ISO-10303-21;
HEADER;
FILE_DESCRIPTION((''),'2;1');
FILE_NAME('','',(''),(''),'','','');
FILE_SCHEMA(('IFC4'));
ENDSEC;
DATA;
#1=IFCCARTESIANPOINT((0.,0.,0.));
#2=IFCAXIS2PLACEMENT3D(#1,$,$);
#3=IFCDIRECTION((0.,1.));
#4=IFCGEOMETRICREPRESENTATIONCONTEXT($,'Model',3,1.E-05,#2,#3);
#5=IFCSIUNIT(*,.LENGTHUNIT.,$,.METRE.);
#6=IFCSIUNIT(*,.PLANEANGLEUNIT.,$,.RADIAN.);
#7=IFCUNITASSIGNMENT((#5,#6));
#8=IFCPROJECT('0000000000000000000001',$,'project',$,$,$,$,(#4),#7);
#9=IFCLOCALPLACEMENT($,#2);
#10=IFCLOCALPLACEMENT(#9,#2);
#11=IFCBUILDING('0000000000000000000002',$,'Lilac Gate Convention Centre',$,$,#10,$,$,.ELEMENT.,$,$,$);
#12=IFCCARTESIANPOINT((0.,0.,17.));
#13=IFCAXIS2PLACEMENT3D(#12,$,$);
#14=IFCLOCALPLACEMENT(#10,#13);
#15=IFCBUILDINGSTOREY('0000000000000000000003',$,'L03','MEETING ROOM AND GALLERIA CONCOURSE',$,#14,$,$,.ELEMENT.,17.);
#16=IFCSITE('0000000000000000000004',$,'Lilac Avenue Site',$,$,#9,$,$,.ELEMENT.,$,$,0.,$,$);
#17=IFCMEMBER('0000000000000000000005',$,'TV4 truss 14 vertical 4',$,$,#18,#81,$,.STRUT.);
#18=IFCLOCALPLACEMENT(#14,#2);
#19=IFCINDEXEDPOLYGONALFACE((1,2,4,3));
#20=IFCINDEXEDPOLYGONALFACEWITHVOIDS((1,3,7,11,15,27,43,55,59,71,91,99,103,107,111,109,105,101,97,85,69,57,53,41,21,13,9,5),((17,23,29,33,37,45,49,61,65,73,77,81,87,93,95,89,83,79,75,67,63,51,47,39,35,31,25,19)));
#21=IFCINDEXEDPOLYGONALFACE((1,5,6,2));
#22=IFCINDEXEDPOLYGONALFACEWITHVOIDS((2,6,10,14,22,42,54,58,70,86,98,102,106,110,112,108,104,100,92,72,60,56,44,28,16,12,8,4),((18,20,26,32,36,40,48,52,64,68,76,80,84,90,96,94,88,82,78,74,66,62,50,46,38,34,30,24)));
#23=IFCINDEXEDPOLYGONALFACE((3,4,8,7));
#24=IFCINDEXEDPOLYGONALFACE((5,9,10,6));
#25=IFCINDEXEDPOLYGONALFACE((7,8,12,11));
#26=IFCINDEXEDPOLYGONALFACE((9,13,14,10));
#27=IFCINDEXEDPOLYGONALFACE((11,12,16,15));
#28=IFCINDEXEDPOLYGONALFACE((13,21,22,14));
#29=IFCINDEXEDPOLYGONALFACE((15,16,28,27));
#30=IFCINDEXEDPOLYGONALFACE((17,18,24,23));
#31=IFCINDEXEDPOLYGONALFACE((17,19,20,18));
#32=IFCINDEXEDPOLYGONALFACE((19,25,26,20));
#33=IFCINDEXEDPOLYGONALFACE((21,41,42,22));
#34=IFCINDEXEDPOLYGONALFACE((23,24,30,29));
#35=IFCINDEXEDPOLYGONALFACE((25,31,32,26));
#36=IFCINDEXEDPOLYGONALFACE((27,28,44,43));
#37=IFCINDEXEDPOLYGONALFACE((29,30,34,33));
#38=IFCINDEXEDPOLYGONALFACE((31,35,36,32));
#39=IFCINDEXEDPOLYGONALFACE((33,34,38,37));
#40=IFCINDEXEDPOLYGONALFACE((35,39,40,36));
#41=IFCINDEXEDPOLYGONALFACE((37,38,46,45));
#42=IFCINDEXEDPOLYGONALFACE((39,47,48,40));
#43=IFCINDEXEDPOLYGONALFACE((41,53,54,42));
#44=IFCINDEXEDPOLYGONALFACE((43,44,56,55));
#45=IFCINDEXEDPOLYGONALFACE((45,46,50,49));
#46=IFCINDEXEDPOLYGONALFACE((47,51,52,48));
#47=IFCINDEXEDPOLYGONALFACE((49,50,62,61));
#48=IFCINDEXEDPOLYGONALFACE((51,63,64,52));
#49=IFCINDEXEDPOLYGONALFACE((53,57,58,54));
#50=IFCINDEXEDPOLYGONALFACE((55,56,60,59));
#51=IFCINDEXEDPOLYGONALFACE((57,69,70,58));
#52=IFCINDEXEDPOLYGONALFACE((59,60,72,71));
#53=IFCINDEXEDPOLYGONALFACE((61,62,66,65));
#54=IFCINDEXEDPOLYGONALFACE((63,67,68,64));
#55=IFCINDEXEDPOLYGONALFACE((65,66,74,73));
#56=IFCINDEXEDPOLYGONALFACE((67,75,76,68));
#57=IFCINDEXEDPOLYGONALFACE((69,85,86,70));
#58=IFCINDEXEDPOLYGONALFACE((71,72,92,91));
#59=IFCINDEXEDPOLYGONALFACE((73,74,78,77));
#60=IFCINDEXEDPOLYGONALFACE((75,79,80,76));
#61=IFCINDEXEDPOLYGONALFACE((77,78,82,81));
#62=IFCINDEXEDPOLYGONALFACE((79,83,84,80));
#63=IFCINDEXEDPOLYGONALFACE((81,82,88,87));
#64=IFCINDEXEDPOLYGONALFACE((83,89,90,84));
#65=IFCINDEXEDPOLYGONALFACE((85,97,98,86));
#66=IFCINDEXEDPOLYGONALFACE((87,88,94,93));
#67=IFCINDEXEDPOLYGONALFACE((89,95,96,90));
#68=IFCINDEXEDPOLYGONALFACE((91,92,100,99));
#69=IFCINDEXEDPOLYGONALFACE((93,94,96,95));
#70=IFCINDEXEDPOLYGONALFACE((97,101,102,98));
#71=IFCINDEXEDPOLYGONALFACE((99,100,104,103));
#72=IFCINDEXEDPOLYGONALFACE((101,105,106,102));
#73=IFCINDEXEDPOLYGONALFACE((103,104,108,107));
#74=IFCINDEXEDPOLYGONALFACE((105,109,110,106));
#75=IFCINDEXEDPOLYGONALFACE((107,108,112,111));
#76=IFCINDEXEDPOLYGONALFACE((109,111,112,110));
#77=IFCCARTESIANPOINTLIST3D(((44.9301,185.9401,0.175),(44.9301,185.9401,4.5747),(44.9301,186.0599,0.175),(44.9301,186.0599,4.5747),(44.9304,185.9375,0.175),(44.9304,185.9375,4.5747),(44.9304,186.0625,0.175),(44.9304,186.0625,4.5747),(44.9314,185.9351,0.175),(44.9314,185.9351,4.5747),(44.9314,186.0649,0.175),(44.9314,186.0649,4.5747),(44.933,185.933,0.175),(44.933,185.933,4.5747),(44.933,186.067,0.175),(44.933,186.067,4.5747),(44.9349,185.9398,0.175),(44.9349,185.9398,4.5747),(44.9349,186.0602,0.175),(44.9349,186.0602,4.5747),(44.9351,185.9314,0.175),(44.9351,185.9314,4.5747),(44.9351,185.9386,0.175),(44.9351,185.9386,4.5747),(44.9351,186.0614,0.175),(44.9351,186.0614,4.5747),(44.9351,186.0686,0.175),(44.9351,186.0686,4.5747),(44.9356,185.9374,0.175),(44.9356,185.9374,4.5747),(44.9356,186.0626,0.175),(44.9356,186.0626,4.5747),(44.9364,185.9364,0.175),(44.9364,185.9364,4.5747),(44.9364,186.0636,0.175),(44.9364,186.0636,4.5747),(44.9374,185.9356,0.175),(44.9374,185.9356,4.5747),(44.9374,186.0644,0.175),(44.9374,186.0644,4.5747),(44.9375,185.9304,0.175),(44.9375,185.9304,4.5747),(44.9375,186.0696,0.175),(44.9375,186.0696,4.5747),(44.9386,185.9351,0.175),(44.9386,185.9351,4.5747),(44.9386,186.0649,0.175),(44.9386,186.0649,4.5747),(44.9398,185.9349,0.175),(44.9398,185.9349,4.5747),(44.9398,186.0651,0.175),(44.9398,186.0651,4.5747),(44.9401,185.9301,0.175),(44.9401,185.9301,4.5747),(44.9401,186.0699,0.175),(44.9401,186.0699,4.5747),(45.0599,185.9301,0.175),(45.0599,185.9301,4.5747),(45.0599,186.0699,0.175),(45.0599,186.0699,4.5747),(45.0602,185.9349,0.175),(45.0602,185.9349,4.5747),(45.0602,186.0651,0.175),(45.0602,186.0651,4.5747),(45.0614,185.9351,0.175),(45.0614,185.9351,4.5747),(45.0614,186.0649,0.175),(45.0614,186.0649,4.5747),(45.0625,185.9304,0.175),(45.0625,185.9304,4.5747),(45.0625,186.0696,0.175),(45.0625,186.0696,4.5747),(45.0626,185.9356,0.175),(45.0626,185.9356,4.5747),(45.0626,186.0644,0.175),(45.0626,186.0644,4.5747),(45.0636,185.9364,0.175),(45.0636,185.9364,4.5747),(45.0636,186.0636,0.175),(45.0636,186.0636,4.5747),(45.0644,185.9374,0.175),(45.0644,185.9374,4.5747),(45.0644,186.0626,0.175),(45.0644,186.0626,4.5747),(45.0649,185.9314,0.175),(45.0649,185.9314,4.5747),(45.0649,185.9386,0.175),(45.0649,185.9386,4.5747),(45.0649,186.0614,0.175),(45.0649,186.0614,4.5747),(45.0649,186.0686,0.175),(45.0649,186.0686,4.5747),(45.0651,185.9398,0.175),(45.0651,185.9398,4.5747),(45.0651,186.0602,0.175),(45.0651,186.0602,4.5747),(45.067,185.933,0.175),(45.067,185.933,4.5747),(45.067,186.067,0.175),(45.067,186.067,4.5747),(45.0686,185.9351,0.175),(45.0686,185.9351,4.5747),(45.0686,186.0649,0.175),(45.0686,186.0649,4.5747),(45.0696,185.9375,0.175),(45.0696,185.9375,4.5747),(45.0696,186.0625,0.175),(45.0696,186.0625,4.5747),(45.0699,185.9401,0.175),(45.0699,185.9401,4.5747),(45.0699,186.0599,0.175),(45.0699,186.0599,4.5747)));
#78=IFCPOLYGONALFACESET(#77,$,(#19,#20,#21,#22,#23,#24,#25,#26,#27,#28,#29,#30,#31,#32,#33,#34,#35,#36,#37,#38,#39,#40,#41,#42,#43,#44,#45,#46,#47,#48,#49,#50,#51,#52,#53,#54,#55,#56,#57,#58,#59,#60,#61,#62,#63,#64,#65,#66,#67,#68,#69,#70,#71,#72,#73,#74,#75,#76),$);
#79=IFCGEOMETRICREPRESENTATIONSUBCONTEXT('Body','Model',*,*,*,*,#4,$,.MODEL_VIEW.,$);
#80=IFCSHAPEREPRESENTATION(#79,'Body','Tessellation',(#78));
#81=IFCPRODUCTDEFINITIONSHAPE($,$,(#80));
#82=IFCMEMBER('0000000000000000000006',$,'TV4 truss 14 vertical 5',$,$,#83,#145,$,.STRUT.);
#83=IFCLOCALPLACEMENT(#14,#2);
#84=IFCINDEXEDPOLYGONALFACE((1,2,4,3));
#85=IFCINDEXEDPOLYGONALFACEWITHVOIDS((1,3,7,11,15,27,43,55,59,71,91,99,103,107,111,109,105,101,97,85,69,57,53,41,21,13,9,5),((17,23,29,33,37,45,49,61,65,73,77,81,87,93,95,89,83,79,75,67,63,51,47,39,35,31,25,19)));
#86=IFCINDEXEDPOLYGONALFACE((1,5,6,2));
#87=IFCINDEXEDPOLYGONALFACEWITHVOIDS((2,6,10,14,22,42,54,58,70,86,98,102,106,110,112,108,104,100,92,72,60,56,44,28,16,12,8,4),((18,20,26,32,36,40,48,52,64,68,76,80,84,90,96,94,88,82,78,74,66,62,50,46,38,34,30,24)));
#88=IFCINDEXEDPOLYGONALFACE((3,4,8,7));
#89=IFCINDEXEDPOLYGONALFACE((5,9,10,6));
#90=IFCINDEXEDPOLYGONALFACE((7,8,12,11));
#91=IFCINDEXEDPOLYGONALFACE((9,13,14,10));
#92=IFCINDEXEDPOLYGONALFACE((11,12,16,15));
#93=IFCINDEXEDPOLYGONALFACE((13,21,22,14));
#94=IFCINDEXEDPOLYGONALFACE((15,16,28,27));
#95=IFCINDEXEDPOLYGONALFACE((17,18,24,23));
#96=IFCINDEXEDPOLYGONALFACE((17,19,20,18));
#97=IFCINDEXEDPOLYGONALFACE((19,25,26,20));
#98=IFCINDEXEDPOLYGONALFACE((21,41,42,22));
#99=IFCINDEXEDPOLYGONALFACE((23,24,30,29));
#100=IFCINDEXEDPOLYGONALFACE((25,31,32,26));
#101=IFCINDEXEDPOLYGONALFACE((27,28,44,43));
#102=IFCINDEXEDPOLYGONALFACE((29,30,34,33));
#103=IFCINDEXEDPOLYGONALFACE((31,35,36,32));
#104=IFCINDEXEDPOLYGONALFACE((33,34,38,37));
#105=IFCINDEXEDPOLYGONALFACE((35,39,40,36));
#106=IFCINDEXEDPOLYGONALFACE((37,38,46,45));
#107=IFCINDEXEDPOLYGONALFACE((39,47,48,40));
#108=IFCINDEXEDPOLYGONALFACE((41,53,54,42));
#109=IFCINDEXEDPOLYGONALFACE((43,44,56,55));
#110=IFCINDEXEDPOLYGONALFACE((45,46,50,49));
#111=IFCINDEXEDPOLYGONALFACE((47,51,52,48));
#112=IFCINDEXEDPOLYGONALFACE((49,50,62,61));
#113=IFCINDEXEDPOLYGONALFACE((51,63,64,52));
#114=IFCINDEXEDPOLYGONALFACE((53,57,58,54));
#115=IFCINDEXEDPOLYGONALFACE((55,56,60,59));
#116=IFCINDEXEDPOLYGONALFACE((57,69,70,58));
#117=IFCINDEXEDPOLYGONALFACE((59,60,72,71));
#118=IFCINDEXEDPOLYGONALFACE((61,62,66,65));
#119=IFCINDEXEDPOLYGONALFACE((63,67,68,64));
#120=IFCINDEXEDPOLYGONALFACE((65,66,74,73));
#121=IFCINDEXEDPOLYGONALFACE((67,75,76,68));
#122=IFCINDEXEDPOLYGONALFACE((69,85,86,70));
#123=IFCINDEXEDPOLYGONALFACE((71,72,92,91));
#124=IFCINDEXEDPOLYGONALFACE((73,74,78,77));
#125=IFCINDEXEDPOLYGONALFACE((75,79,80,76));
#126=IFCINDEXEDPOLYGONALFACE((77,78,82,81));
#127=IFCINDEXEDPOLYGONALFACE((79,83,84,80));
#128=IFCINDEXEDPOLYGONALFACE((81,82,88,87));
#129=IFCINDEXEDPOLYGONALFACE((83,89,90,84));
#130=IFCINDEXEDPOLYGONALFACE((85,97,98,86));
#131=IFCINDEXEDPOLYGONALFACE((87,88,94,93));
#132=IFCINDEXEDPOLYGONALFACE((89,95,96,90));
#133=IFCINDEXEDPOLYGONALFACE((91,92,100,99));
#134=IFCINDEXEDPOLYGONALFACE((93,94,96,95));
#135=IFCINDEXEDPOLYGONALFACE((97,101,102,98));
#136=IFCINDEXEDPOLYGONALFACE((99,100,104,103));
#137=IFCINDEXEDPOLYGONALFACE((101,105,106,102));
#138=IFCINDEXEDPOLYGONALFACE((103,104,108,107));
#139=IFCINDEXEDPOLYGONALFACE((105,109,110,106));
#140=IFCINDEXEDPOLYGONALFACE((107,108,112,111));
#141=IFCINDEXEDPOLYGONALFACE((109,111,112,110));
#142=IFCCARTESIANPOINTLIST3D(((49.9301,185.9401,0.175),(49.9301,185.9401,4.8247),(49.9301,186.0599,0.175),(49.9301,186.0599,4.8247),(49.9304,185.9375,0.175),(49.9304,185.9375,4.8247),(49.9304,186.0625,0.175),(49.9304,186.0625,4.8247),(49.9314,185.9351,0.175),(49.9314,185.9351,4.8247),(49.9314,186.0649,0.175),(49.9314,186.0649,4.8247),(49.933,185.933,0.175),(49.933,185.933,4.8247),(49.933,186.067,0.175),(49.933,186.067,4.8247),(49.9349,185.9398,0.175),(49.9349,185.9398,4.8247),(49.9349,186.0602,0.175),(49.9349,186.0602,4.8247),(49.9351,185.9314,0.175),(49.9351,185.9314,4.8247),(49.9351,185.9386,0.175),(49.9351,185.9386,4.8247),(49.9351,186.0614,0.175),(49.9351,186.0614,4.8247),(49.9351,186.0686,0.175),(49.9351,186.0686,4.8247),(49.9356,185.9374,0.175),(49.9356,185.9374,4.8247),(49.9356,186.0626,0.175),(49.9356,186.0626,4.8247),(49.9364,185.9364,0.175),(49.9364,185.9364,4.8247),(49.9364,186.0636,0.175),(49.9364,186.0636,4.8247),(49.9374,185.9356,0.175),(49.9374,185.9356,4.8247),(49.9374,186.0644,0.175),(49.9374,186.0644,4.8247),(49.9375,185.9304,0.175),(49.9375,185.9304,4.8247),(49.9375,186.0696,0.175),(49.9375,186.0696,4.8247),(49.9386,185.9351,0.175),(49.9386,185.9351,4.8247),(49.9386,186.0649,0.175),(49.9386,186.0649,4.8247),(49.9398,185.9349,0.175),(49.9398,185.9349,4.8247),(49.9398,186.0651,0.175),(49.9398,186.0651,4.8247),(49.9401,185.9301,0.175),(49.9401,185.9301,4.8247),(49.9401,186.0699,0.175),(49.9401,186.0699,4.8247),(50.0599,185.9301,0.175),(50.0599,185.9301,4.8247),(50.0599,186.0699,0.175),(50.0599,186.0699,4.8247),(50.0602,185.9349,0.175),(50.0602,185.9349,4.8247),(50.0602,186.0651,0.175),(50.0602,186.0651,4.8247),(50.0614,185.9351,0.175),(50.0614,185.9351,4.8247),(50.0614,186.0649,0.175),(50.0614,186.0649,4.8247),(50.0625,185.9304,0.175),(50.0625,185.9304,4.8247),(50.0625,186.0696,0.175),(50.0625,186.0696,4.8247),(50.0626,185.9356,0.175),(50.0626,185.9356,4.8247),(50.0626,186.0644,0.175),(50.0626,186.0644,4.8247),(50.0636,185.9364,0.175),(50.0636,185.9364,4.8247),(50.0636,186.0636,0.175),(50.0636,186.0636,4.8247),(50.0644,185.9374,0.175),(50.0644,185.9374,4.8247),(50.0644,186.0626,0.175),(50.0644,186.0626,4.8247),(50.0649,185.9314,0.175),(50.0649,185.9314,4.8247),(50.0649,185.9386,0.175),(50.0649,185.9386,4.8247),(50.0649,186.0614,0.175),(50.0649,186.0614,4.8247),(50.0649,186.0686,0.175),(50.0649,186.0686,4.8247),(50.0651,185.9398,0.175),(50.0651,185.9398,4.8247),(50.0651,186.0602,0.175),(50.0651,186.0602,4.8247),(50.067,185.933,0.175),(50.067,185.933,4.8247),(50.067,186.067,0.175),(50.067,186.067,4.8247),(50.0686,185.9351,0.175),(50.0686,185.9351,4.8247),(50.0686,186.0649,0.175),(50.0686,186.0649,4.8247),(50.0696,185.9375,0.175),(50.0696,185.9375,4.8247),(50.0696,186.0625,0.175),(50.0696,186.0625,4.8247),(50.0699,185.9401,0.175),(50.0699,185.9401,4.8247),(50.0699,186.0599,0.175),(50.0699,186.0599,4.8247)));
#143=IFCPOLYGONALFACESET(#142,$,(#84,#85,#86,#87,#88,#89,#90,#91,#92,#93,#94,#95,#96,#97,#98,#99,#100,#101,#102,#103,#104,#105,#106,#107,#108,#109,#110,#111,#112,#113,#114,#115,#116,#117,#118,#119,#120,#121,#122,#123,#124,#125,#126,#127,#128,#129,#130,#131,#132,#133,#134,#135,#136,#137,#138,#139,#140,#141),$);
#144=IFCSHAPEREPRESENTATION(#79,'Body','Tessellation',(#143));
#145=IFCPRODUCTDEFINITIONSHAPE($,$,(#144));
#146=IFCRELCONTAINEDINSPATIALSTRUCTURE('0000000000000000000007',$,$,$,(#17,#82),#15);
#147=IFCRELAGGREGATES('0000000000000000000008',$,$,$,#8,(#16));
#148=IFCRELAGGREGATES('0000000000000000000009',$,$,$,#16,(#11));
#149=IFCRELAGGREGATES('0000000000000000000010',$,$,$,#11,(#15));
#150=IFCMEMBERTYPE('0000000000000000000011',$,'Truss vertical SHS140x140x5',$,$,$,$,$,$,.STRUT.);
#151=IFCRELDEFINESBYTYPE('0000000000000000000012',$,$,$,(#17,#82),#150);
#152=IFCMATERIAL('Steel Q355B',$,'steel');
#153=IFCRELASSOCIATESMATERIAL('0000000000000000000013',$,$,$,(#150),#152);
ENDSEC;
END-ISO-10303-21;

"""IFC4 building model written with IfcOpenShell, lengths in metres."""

from ifc_helpers import new_model, si_unit, direction, frame, origin, origin_2d, place, context, subcontext, project, spatial, hollow_rectangle, extrude, material, material_profile, profile_set, type_object, element, save


model = new_model("IFC4")

# Units and contexts
model_context = context("Model", 3, precision=1e-05, world=origin(), true_north=direction((0.0, 1.0)))
body_context = subcontext(model_context, "Body", "Model", "MODEL_VIEW")
ifc_project = project(units=[si_unit("LENGTHUNIT", "METRE"), si_unit("PLANEANGLEUNIT", "RADIAN")], contexts=[model_context])

# Site, building, storey
site_placement = place(None, origin())
site = spatial("IfcSite", under=ifc_project, at=site_placement, Name="Lilac Avenue Site", CompositionType="ELEMENT", RefElevation=0.0)
building_placement = place(site_placement, origin())
building = spatial("IfcBuilding", under=site, at=building_placement, Name="Lilac Gate Convention Centre", CompositionType="ELEMENT")
storey_placement = place(building_placement, frame((0.0, 0.0, 17.0)))
storey = spatial("IfcBuildingStorey", under=building, at=storey_placement, Name="L03", Description="MEETING ROOM AND GALLERIA CONCOURSE", CompositionType="ELEMENT", Elevation=17.0)

# Members
ifc_material = material(Name="Steel Q355B", Category="steel")
ifc_material_profile_1 = material_profile(ifc_material, hollow_rectangle(XDim=0.1399, YDim=0.1399, WallThickness=0.0049, InnerFilletRadius=0.0049, OuterFilletRadius=0.01, at=origin_2d()), Name="SHS140x140x5")
ifc_profile_set_1 = profile_set([ifc_material_profile_1], Name="Steel Q355B")
member_type_1 = type_object("IfcMemberType", Name="Truss vertical SHS140x140x5", PredefinedType="STRUT", material=ifc_profile_set_1)
member_1_placement = place(storey_placement, frame((45.0, 186.0, 0.175), z_axis=(0.0, 0.0, 1.0), x_axis=(1.0, 0.0, 0.0)))
element("IfcMember", 1, at=member_1_placement, inside=storey, type_object=member_type_1, Name="TV4 truss 14 vertical 4", PredefinedType="STRUT", context=body_context, shape_type="SweptSolid", body=[
    extrude(hollow_rectangle(XDim=0.1399, YDim=0.1399, WallThickness=0.0049, InnerFilletRadius=0.0049, OuterFilletRadius=0.01, at=origin_2d()), origin(), (0.0, 0.0, 1.0), 4.3997),
])
member_2_placement = place(storey_placement, frame((50.0, 186.0, 0.175), z_axis=(0.0, 0.0, 1.0), x_axis=(1.0, 0.0, 0.0)))
element("IfcMember", 2, at=member_2_placement, inside=storey, type_object=member_type_1, Name="TV4 truss 14 vertical 5", PredefinedType="STRUT", context=body_context, shape_type="SweptSolid", body=[
    extrude(hollow_rectangle(XDim=0.1399, YDim=0.1399, WallThickness=0.0049, InnerFilletRadius=0.0049, OuterFilletRadius=0.01, at=origin_2d()), origin(), (0.0, 0.0, 1.0), 4.6497),
])

save(model, "model.ifc")
